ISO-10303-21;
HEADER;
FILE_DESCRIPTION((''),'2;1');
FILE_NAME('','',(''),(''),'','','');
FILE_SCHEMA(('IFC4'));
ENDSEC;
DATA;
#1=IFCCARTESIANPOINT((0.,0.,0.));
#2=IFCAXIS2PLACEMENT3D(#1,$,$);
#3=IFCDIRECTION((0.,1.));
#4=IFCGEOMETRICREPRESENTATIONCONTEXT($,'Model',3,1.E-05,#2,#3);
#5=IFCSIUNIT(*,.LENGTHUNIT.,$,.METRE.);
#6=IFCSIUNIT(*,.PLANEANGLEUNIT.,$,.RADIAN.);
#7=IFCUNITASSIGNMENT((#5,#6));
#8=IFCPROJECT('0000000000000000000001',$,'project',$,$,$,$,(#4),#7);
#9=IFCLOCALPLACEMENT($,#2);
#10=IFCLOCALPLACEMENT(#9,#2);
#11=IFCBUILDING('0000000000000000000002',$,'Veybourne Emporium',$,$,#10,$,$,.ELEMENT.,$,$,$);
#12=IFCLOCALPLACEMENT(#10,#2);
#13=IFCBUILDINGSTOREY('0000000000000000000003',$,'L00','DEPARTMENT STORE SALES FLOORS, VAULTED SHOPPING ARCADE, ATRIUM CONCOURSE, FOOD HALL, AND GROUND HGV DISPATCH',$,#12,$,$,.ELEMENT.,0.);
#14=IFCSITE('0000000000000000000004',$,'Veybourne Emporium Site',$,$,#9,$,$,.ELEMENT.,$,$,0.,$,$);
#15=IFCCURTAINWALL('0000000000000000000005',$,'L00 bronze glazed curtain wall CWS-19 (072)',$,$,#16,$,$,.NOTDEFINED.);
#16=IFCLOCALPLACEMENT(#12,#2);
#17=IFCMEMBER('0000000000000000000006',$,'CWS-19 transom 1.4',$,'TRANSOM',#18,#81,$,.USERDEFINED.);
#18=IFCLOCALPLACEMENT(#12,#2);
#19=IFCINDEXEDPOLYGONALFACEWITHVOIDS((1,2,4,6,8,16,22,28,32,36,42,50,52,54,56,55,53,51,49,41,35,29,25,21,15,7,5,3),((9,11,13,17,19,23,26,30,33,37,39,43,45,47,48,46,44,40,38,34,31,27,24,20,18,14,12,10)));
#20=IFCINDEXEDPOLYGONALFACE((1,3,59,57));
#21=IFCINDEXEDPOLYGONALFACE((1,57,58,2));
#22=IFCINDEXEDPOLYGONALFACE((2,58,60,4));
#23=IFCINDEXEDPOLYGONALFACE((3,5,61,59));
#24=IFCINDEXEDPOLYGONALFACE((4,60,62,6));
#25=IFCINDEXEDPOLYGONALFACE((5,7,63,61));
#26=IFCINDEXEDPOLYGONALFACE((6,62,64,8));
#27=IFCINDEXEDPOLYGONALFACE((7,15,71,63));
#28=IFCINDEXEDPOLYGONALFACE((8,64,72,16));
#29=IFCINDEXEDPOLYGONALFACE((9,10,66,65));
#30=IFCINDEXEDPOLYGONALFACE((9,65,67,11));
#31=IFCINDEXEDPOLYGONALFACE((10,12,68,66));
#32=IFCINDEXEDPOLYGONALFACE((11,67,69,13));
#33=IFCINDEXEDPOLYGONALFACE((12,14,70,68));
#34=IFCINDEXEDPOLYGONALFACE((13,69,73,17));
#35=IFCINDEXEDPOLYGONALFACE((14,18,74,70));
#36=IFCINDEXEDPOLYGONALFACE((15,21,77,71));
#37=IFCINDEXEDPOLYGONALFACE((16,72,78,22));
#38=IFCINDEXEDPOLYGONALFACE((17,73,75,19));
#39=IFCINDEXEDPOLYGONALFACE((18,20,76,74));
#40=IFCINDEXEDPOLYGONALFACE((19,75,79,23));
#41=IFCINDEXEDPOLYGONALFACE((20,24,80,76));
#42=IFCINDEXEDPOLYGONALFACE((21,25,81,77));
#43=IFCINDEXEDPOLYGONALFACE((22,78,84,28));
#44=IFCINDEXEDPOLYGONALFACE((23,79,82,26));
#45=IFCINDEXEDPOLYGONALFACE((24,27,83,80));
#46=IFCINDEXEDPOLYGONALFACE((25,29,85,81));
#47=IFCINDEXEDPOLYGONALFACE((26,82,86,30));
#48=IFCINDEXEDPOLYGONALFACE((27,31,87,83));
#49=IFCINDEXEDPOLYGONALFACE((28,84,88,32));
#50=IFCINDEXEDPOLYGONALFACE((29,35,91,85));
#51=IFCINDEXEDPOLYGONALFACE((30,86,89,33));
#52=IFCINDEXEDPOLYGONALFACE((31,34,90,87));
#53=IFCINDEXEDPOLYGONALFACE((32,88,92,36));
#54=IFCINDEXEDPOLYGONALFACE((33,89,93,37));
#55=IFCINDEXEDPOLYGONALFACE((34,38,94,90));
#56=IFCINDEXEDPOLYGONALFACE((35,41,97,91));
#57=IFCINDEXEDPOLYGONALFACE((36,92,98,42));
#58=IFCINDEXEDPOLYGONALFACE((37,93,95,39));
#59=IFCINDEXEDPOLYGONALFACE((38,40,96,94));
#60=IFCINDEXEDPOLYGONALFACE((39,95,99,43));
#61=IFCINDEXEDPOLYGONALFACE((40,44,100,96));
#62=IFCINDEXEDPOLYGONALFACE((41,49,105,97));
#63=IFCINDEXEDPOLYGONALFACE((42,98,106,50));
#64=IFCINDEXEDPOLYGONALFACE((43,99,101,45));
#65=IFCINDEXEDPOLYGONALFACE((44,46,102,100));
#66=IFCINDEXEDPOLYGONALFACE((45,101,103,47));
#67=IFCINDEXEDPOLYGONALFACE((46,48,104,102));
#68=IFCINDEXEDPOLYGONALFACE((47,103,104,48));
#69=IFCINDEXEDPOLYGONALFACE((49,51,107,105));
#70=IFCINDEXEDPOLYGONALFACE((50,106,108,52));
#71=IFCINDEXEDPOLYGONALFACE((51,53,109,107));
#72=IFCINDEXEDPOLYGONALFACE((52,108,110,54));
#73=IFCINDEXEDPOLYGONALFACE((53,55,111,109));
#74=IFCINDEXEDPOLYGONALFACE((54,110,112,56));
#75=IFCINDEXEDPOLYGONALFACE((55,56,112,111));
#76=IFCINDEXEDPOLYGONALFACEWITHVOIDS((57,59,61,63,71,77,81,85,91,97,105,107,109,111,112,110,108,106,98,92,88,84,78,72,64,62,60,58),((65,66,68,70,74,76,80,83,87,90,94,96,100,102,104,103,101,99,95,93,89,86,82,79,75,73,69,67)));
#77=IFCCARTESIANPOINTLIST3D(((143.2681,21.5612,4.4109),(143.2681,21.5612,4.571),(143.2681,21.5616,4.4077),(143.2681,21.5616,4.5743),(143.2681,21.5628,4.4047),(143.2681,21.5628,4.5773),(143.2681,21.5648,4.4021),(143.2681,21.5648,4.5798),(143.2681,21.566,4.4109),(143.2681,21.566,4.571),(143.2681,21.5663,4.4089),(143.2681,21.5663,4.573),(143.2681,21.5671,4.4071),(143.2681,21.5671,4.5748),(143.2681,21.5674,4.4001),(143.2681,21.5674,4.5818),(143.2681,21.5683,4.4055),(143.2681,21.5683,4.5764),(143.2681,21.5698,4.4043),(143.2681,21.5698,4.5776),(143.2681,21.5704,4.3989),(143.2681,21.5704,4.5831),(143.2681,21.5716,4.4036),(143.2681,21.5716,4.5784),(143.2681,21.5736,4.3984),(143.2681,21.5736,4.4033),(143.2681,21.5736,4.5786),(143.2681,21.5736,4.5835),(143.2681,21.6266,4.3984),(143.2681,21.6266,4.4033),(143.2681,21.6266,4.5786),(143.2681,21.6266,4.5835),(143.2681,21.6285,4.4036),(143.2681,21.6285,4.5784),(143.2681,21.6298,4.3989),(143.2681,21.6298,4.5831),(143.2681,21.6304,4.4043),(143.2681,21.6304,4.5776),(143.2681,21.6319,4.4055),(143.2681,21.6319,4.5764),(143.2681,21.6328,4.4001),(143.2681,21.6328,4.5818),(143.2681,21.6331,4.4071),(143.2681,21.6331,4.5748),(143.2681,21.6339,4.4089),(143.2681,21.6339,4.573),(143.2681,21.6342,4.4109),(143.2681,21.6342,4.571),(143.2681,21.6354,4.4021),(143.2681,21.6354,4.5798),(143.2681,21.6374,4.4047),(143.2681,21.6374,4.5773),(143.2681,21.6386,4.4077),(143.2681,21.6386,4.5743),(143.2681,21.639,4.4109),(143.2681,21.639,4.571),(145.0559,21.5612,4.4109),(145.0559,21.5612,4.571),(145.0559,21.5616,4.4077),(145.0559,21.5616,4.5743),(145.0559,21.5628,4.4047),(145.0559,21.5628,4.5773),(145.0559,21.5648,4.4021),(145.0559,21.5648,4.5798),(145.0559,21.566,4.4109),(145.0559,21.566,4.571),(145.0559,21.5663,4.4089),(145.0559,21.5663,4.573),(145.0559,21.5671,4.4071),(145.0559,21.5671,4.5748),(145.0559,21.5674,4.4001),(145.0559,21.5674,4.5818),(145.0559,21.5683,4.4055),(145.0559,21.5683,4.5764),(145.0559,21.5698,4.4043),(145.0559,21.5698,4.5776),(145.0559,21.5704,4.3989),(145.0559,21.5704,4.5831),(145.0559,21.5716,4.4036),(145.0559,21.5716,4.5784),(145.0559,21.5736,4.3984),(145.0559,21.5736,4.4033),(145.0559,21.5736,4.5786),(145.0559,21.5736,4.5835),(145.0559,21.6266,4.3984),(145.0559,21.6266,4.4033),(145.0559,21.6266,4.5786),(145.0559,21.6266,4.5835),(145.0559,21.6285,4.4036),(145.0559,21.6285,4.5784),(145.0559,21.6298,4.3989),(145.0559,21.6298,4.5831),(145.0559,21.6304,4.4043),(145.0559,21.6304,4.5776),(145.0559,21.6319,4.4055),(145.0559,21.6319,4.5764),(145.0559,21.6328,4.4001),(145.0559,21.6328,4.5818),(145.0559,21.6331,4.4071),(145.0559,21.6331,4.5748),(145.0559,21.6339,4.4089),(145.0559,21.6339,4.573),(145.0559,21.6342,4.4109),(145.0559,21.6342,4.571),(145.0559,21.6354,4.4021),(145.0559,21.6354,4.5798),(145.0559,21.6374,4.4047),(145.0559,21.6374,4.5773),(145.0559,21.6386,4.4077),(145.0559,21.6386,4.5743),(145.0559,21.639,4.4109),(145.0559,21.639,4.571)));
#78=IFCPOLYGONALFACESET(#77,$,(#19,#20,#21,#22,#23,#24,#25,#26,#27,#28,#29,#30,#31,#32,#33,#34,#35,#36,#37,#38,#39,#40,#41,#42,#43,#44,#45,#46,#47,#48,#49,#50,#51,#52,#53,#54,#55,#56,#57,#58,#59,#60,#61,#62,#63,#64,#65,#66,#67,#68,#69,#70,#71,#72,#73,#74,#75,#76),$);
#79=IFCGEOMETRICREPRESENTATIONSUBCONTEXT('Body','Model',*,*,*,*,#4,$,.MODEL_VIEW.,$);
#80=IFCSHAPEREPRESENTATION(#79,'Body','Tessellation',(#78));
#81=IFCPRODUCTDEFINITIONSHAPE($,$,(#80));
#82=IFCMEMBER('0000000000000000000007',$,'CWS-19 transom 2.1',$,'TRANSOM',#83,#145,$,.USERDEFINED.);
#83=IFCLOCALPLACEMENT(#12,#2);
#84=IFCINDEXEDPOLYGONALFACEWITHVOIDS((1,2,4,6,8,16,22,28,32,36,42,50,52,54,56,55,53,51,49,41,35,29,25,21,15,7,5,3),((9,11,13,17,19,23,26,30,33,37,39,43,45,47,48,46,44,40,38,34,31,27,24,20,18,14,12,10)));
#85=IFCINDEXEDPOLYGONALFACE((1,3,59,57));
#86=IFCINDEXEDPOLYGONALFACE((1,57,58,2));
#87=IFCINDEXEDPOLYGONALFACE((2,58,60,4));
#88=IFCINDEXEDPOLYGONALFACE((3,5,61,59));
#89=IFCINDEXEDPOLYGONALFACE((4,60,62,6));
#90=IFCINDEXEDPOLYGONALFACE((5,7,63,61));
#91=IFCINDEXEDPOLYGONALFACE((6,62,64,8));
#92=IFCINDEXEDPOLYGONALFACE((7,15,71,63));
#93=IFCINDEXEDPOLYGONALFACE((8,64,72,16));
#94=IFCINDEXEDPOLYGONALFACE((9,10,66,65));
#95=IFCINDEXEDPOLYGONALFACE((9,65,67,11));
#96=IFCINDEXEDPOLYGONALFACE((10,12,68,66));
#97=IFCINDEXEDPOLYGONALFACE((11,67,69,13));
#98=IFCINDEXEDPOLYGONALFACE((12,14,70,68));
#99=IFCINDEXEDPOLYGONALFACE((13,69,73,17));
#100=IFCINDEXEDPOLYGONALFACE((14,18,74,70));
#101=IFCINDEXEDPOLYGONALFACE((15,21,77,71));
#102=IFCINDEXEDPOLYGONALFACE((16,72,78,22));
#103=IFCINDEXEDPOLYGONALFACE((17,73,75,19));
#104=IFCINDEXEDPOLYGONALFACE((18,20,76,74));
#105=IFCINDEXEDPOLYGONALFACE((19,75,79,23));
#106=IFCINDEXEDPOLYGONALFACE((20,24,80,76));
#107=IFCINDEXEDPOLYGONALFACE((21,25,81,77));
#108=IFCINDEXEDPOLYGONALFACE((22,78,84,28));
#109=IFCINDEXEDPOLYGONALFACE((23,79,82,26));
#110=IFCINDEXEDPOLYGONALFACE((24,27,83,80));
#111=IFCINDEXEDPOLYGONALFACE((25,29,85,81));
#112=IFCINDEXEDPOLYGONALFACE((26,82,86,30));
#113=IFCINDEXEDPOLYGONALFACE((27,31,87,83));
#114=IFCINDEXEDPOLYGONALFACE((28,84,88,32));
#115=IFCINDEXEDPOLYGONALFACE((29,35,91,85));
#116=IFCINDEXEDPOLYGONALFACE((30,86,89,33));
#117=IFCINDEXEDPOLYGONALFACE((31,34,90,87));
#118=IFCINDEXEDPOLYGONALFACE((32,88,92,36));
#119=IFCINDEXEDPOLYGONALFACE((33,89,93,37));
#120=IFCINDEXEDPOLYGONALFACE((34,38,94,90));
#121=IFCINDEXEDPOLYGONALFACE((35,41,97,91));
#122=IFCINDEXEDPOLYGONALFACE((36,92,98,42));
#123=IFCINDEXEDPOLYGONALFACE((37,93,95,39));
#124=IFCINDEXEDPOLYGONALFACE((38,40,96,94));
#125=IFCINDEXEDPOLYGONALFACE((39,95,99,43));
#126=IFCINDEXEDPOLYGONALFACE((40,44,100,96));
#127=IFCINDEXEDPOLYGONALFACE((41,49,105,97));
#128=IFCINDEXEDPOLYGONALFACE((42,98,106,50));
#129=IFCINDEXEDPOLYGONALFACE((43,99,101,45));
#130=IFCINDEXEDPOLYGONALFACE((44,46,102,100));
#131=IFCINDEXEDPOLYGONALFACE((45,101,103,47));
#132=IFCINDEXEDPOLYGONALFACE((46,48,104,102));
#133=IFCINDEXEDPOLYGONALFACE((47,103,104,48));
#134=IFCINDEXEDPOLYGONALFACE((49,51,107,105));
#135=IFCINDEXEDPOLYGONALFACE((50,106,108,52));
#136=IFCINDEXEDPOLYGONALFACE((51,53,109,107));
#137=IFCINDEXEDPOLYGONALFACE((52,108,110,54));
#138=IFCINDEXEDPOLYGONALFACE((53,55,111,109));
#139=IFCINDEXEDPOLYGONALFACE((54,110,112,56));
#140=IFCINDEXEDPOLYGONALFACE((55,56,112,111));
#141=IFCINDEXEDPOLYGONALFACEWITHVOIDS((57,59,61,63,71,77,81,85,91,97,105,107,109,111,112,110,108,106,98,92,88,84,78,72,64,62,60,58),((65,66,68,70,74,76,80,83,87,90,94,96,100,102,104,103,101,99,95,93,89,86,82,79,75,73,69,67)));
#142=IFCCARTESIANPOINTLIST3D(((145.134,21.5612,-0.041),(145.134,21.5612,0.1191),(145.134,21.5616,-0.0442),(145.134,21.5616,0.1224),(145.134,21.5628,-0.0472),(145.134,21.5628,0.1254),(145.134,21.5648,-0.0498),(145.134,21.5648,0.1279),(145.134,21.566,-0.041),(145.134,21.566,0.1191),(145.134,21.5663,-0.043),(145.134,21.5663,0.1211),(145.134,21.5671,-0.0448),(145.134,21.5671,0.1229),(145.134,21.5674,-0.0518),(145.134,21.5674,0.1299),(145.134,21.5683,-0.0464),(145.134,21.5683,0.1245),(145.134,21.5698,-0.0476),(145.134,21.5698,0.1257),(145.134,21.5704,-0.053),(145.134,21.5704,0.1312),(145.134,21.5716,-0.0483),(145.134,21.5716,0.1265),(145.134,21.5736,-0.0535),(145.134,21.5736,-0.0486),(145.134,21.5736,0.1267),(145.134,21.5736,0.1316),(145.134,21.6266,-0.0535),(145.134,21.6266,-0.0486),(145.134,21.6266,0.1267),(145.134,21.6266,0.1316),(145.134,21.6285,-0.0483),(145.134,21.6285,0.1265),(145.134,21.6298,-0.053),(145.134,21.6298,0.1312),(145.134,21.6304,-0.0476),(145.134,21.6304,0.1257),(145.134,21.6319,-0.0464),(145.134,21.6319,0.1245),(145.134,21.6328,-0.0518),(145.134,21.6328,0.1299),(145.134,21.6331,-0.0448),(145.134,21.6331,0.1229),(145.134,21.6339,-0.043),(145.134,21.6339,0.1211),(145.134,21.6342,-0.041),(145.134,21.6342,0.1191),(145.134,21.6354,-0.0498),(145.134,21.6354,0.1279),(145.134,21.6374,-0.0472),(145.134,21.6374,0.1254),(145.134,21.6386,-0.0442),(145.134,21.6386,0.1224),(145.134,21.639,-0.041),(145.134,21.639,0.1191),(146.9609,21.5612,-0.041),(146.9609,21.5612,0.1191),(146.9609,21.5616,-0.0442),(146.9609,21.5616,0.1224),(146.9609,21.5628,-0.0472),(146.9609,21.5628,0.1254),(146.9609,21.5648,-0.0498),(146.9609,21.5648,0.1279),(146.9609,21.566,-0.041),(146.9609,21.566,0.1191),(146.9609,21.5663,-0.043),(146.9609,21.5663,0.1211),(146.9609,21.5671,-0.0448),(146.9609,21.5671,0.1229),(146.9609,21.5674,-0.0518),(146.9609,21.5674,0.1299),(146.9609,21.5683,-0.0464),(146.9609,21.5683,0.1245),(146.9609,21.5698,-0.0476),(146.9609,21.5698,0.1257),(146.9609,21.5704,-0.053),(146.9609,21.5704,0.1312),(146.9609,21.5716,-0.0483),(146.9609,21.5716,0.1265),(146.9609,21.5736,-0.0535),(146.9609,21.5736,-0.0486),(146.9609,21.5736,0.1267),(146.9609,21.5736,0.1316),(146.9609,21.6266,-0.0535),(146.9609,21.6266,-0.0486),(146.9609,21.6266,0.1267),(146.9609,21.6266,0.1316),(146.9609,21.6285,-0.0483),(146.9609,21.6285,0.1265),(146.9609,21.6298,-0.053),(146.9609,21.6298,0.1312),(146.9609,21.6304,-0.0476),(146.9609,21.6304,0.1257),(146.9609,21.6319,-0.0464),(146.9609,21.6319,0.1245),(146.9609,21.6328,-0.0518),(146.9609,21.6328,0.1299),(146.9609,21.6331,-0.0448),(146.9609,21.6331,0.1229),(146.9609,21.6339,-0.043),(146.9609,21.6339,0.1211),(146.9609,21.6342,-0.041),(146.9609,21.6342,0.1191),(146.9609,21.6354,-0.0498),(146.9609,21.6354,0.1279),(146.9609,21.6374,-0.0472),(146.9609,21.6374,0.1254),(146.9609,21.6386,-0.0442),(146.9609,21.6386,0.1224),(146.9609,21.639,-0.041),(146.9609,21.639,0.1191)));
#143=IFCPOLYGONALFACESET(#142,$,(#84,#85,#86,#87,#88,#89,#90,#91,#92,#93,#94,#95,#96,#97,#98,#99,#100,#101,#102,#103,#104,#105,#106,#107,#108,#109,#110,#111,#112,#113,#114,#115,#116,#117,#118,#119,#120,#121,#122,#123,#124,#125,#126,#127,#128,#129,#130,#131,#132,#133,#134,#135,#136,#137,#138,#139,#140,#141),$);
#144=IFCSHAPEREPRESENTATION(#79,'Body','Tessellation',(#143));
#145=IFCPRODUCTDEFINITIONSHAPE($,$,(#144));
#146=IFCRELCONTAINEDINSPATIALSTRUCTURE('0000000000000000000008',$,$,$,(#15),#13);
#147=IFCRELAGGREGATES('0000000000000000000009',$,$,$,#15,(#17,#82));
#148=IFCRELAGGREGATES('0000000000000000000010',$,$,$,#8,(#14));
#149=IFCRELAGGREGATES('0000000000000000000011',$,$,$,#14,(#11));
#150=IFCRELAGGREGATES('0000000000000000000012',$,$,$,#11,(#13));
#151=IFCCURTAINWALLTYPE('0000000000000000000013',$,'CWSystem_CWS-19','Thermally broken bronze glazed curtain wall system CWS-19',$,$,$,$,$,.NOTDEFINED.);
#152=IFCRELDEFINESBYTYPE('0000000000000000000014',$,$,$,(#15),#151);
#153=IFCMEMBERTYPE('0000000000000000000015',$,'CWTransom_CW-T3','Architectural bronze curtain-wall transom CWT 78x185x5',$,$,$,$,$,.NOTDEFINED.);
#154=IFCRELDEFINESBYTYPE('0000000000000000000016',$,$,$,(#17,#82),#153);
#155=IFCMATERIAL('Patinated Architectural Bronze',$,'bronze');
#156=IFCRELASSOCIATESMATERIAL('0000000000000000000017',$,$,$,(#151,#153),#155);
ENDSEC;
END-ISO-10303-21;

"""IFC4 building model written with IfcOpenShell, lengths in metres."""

from ifc_helpers import new_model, si_unit, direction, frame, origin, origin_2d, place, context, subcontext, project, spatial, hollow_rectangle, extrude, material, material_profile, profile_set, type_object, element, aggregate, save


model = new_model("IFC4")

# Units and contexts
model_context = context("Model", 3, precision=1e-05, world=origin(), true_north=direction((0.0, 1.0)))
body_context = subcontext(model_context, "Body", "Model", "MODEL_VIEW")
ifc_project = project(units=[si_unit("LENGTHUNIT", "METRE"), si_unit("PLANEANGLEUNIT", "RADIAN")], contexts=[model_context])

# Site, building, storey
site_placement = place(None, origin())
site = spatial("IfcSite", under=ifc_project, at=site_placement, Name="Veybourne Emporium Site", CompositionType="ELEMENT", RefElevation=0.0)
building_placement = place(site_placement, origin())
building = spatial("IfcBuilding", under=site, at=building_placement, Name="Veybourne Emporium", CompositionType="ELEMENT")
storey_placement = place(building_placement, origin())
storey = spatial("IfcBuildingStorey", under=building, at=storey_placement, Name="L00", Description="DEPARTMENT STORE SALES FLOORS, VAULTED SHOPPING ARCADE, ATRIUM CONCOURSE, FOOD HALL, AND GROUND HGV DISPATCH", CompositionType="ELEMENT", Elevation=0.0)

# Curtain wall, members
ifc_material_1 = material(Name="Patinated Architectural Bronze", Category="bronze")
curtain_wall_type = type_object("IfcCurtainWallType", Name="CWSystem_CWS-19", Description="Thermally broken bronze glazed curtain wall system CWS-19", PredefinedType="NOTDEFINED", material=ifc_material_1)
curtain_wall_placement = place(storey_placement, origin())
curtain_wall = element("IfcCurtainWall", 1, at=curtain_wall_placement, inside=storey, type_object=curtain_wall_type, Name="L00 bronze glazed curtain wall CWS-19 (072)", PredefinedType="NOTDEFINED")
ifc_material_profile_1 = material_profile(ifc_material_1, hollow_rectangle(XDim=0.0779, YDim=0.1851, WallThickness=0.0049, InnerFilletRadius=0.0076, OuterFilletRadius=0.0125, at=origin_2d()), Name="CWT 78x185x5")
ifc_profile_set_1 = profile_set([ifc_material_profile_1], Name="Patinated Architectural Bronze")
member_type_1 = type_object("IfcMemberType", Name="CWTransom_CW-T3", Description="Architectural bronze curtain-wall transom CWT 78x185x5", PredefinedType="NOTDEFINED", material=ifc_profile_set_1)
member_1_placement = place(storey_placement, frame((143.2681, 21.6001, 4.491), z_axis=(1.0, 0.0, 0.0), x_axis=(0.0, 1.0, 0.0)))
member_1 = element("IfcMember", 2, at=member_1_placement, type_object=member_type_1, Name="CWS-19 transom 1.4", ObjectType="TRANSOM", PredefinedType="USERDEFINED", context=body_context, shape_type="SweptSolid", body=[
    extrude(hollow_rectangle(XDim=0.0779, YDim=0.1851, WallThickness=0.0049, InnerFilletRadius=0.0076, OuterFilletRadius=0.0125, at=origin_2d()), origin(), (0.0, 0.0, 1.0), 1.7878),
])
member_2_placement = place(storey_placement, frame((145.134, 21.6001, 0.0391), z_axis=(1.0, 0.0, 0.0), x_axis=(0.0, 1.0, 0.0)))
member_2 = element("IfcMember", 3, at=member_2_placement, type_object=member_type_1, Name="CWS-19 transom 2.1", ObjectType="TRANSOM", PredefinedType="USERDEFINED", context=body_context, shape_type="SweptSolid", body=[
    extrude(hollow_rectangle(XDim=0.0779, YDim=0.1851, WallThickness=0.0049, InnerFilletRadius=0.0076, OuterFilletRadius=0.0125, at=origin_2d()), origin(), (0.0, 0.0, 1.0), 1.8269),
])

aggregate(curtain_wall, [member_1, member_2])

save(model, "model.ifc")
